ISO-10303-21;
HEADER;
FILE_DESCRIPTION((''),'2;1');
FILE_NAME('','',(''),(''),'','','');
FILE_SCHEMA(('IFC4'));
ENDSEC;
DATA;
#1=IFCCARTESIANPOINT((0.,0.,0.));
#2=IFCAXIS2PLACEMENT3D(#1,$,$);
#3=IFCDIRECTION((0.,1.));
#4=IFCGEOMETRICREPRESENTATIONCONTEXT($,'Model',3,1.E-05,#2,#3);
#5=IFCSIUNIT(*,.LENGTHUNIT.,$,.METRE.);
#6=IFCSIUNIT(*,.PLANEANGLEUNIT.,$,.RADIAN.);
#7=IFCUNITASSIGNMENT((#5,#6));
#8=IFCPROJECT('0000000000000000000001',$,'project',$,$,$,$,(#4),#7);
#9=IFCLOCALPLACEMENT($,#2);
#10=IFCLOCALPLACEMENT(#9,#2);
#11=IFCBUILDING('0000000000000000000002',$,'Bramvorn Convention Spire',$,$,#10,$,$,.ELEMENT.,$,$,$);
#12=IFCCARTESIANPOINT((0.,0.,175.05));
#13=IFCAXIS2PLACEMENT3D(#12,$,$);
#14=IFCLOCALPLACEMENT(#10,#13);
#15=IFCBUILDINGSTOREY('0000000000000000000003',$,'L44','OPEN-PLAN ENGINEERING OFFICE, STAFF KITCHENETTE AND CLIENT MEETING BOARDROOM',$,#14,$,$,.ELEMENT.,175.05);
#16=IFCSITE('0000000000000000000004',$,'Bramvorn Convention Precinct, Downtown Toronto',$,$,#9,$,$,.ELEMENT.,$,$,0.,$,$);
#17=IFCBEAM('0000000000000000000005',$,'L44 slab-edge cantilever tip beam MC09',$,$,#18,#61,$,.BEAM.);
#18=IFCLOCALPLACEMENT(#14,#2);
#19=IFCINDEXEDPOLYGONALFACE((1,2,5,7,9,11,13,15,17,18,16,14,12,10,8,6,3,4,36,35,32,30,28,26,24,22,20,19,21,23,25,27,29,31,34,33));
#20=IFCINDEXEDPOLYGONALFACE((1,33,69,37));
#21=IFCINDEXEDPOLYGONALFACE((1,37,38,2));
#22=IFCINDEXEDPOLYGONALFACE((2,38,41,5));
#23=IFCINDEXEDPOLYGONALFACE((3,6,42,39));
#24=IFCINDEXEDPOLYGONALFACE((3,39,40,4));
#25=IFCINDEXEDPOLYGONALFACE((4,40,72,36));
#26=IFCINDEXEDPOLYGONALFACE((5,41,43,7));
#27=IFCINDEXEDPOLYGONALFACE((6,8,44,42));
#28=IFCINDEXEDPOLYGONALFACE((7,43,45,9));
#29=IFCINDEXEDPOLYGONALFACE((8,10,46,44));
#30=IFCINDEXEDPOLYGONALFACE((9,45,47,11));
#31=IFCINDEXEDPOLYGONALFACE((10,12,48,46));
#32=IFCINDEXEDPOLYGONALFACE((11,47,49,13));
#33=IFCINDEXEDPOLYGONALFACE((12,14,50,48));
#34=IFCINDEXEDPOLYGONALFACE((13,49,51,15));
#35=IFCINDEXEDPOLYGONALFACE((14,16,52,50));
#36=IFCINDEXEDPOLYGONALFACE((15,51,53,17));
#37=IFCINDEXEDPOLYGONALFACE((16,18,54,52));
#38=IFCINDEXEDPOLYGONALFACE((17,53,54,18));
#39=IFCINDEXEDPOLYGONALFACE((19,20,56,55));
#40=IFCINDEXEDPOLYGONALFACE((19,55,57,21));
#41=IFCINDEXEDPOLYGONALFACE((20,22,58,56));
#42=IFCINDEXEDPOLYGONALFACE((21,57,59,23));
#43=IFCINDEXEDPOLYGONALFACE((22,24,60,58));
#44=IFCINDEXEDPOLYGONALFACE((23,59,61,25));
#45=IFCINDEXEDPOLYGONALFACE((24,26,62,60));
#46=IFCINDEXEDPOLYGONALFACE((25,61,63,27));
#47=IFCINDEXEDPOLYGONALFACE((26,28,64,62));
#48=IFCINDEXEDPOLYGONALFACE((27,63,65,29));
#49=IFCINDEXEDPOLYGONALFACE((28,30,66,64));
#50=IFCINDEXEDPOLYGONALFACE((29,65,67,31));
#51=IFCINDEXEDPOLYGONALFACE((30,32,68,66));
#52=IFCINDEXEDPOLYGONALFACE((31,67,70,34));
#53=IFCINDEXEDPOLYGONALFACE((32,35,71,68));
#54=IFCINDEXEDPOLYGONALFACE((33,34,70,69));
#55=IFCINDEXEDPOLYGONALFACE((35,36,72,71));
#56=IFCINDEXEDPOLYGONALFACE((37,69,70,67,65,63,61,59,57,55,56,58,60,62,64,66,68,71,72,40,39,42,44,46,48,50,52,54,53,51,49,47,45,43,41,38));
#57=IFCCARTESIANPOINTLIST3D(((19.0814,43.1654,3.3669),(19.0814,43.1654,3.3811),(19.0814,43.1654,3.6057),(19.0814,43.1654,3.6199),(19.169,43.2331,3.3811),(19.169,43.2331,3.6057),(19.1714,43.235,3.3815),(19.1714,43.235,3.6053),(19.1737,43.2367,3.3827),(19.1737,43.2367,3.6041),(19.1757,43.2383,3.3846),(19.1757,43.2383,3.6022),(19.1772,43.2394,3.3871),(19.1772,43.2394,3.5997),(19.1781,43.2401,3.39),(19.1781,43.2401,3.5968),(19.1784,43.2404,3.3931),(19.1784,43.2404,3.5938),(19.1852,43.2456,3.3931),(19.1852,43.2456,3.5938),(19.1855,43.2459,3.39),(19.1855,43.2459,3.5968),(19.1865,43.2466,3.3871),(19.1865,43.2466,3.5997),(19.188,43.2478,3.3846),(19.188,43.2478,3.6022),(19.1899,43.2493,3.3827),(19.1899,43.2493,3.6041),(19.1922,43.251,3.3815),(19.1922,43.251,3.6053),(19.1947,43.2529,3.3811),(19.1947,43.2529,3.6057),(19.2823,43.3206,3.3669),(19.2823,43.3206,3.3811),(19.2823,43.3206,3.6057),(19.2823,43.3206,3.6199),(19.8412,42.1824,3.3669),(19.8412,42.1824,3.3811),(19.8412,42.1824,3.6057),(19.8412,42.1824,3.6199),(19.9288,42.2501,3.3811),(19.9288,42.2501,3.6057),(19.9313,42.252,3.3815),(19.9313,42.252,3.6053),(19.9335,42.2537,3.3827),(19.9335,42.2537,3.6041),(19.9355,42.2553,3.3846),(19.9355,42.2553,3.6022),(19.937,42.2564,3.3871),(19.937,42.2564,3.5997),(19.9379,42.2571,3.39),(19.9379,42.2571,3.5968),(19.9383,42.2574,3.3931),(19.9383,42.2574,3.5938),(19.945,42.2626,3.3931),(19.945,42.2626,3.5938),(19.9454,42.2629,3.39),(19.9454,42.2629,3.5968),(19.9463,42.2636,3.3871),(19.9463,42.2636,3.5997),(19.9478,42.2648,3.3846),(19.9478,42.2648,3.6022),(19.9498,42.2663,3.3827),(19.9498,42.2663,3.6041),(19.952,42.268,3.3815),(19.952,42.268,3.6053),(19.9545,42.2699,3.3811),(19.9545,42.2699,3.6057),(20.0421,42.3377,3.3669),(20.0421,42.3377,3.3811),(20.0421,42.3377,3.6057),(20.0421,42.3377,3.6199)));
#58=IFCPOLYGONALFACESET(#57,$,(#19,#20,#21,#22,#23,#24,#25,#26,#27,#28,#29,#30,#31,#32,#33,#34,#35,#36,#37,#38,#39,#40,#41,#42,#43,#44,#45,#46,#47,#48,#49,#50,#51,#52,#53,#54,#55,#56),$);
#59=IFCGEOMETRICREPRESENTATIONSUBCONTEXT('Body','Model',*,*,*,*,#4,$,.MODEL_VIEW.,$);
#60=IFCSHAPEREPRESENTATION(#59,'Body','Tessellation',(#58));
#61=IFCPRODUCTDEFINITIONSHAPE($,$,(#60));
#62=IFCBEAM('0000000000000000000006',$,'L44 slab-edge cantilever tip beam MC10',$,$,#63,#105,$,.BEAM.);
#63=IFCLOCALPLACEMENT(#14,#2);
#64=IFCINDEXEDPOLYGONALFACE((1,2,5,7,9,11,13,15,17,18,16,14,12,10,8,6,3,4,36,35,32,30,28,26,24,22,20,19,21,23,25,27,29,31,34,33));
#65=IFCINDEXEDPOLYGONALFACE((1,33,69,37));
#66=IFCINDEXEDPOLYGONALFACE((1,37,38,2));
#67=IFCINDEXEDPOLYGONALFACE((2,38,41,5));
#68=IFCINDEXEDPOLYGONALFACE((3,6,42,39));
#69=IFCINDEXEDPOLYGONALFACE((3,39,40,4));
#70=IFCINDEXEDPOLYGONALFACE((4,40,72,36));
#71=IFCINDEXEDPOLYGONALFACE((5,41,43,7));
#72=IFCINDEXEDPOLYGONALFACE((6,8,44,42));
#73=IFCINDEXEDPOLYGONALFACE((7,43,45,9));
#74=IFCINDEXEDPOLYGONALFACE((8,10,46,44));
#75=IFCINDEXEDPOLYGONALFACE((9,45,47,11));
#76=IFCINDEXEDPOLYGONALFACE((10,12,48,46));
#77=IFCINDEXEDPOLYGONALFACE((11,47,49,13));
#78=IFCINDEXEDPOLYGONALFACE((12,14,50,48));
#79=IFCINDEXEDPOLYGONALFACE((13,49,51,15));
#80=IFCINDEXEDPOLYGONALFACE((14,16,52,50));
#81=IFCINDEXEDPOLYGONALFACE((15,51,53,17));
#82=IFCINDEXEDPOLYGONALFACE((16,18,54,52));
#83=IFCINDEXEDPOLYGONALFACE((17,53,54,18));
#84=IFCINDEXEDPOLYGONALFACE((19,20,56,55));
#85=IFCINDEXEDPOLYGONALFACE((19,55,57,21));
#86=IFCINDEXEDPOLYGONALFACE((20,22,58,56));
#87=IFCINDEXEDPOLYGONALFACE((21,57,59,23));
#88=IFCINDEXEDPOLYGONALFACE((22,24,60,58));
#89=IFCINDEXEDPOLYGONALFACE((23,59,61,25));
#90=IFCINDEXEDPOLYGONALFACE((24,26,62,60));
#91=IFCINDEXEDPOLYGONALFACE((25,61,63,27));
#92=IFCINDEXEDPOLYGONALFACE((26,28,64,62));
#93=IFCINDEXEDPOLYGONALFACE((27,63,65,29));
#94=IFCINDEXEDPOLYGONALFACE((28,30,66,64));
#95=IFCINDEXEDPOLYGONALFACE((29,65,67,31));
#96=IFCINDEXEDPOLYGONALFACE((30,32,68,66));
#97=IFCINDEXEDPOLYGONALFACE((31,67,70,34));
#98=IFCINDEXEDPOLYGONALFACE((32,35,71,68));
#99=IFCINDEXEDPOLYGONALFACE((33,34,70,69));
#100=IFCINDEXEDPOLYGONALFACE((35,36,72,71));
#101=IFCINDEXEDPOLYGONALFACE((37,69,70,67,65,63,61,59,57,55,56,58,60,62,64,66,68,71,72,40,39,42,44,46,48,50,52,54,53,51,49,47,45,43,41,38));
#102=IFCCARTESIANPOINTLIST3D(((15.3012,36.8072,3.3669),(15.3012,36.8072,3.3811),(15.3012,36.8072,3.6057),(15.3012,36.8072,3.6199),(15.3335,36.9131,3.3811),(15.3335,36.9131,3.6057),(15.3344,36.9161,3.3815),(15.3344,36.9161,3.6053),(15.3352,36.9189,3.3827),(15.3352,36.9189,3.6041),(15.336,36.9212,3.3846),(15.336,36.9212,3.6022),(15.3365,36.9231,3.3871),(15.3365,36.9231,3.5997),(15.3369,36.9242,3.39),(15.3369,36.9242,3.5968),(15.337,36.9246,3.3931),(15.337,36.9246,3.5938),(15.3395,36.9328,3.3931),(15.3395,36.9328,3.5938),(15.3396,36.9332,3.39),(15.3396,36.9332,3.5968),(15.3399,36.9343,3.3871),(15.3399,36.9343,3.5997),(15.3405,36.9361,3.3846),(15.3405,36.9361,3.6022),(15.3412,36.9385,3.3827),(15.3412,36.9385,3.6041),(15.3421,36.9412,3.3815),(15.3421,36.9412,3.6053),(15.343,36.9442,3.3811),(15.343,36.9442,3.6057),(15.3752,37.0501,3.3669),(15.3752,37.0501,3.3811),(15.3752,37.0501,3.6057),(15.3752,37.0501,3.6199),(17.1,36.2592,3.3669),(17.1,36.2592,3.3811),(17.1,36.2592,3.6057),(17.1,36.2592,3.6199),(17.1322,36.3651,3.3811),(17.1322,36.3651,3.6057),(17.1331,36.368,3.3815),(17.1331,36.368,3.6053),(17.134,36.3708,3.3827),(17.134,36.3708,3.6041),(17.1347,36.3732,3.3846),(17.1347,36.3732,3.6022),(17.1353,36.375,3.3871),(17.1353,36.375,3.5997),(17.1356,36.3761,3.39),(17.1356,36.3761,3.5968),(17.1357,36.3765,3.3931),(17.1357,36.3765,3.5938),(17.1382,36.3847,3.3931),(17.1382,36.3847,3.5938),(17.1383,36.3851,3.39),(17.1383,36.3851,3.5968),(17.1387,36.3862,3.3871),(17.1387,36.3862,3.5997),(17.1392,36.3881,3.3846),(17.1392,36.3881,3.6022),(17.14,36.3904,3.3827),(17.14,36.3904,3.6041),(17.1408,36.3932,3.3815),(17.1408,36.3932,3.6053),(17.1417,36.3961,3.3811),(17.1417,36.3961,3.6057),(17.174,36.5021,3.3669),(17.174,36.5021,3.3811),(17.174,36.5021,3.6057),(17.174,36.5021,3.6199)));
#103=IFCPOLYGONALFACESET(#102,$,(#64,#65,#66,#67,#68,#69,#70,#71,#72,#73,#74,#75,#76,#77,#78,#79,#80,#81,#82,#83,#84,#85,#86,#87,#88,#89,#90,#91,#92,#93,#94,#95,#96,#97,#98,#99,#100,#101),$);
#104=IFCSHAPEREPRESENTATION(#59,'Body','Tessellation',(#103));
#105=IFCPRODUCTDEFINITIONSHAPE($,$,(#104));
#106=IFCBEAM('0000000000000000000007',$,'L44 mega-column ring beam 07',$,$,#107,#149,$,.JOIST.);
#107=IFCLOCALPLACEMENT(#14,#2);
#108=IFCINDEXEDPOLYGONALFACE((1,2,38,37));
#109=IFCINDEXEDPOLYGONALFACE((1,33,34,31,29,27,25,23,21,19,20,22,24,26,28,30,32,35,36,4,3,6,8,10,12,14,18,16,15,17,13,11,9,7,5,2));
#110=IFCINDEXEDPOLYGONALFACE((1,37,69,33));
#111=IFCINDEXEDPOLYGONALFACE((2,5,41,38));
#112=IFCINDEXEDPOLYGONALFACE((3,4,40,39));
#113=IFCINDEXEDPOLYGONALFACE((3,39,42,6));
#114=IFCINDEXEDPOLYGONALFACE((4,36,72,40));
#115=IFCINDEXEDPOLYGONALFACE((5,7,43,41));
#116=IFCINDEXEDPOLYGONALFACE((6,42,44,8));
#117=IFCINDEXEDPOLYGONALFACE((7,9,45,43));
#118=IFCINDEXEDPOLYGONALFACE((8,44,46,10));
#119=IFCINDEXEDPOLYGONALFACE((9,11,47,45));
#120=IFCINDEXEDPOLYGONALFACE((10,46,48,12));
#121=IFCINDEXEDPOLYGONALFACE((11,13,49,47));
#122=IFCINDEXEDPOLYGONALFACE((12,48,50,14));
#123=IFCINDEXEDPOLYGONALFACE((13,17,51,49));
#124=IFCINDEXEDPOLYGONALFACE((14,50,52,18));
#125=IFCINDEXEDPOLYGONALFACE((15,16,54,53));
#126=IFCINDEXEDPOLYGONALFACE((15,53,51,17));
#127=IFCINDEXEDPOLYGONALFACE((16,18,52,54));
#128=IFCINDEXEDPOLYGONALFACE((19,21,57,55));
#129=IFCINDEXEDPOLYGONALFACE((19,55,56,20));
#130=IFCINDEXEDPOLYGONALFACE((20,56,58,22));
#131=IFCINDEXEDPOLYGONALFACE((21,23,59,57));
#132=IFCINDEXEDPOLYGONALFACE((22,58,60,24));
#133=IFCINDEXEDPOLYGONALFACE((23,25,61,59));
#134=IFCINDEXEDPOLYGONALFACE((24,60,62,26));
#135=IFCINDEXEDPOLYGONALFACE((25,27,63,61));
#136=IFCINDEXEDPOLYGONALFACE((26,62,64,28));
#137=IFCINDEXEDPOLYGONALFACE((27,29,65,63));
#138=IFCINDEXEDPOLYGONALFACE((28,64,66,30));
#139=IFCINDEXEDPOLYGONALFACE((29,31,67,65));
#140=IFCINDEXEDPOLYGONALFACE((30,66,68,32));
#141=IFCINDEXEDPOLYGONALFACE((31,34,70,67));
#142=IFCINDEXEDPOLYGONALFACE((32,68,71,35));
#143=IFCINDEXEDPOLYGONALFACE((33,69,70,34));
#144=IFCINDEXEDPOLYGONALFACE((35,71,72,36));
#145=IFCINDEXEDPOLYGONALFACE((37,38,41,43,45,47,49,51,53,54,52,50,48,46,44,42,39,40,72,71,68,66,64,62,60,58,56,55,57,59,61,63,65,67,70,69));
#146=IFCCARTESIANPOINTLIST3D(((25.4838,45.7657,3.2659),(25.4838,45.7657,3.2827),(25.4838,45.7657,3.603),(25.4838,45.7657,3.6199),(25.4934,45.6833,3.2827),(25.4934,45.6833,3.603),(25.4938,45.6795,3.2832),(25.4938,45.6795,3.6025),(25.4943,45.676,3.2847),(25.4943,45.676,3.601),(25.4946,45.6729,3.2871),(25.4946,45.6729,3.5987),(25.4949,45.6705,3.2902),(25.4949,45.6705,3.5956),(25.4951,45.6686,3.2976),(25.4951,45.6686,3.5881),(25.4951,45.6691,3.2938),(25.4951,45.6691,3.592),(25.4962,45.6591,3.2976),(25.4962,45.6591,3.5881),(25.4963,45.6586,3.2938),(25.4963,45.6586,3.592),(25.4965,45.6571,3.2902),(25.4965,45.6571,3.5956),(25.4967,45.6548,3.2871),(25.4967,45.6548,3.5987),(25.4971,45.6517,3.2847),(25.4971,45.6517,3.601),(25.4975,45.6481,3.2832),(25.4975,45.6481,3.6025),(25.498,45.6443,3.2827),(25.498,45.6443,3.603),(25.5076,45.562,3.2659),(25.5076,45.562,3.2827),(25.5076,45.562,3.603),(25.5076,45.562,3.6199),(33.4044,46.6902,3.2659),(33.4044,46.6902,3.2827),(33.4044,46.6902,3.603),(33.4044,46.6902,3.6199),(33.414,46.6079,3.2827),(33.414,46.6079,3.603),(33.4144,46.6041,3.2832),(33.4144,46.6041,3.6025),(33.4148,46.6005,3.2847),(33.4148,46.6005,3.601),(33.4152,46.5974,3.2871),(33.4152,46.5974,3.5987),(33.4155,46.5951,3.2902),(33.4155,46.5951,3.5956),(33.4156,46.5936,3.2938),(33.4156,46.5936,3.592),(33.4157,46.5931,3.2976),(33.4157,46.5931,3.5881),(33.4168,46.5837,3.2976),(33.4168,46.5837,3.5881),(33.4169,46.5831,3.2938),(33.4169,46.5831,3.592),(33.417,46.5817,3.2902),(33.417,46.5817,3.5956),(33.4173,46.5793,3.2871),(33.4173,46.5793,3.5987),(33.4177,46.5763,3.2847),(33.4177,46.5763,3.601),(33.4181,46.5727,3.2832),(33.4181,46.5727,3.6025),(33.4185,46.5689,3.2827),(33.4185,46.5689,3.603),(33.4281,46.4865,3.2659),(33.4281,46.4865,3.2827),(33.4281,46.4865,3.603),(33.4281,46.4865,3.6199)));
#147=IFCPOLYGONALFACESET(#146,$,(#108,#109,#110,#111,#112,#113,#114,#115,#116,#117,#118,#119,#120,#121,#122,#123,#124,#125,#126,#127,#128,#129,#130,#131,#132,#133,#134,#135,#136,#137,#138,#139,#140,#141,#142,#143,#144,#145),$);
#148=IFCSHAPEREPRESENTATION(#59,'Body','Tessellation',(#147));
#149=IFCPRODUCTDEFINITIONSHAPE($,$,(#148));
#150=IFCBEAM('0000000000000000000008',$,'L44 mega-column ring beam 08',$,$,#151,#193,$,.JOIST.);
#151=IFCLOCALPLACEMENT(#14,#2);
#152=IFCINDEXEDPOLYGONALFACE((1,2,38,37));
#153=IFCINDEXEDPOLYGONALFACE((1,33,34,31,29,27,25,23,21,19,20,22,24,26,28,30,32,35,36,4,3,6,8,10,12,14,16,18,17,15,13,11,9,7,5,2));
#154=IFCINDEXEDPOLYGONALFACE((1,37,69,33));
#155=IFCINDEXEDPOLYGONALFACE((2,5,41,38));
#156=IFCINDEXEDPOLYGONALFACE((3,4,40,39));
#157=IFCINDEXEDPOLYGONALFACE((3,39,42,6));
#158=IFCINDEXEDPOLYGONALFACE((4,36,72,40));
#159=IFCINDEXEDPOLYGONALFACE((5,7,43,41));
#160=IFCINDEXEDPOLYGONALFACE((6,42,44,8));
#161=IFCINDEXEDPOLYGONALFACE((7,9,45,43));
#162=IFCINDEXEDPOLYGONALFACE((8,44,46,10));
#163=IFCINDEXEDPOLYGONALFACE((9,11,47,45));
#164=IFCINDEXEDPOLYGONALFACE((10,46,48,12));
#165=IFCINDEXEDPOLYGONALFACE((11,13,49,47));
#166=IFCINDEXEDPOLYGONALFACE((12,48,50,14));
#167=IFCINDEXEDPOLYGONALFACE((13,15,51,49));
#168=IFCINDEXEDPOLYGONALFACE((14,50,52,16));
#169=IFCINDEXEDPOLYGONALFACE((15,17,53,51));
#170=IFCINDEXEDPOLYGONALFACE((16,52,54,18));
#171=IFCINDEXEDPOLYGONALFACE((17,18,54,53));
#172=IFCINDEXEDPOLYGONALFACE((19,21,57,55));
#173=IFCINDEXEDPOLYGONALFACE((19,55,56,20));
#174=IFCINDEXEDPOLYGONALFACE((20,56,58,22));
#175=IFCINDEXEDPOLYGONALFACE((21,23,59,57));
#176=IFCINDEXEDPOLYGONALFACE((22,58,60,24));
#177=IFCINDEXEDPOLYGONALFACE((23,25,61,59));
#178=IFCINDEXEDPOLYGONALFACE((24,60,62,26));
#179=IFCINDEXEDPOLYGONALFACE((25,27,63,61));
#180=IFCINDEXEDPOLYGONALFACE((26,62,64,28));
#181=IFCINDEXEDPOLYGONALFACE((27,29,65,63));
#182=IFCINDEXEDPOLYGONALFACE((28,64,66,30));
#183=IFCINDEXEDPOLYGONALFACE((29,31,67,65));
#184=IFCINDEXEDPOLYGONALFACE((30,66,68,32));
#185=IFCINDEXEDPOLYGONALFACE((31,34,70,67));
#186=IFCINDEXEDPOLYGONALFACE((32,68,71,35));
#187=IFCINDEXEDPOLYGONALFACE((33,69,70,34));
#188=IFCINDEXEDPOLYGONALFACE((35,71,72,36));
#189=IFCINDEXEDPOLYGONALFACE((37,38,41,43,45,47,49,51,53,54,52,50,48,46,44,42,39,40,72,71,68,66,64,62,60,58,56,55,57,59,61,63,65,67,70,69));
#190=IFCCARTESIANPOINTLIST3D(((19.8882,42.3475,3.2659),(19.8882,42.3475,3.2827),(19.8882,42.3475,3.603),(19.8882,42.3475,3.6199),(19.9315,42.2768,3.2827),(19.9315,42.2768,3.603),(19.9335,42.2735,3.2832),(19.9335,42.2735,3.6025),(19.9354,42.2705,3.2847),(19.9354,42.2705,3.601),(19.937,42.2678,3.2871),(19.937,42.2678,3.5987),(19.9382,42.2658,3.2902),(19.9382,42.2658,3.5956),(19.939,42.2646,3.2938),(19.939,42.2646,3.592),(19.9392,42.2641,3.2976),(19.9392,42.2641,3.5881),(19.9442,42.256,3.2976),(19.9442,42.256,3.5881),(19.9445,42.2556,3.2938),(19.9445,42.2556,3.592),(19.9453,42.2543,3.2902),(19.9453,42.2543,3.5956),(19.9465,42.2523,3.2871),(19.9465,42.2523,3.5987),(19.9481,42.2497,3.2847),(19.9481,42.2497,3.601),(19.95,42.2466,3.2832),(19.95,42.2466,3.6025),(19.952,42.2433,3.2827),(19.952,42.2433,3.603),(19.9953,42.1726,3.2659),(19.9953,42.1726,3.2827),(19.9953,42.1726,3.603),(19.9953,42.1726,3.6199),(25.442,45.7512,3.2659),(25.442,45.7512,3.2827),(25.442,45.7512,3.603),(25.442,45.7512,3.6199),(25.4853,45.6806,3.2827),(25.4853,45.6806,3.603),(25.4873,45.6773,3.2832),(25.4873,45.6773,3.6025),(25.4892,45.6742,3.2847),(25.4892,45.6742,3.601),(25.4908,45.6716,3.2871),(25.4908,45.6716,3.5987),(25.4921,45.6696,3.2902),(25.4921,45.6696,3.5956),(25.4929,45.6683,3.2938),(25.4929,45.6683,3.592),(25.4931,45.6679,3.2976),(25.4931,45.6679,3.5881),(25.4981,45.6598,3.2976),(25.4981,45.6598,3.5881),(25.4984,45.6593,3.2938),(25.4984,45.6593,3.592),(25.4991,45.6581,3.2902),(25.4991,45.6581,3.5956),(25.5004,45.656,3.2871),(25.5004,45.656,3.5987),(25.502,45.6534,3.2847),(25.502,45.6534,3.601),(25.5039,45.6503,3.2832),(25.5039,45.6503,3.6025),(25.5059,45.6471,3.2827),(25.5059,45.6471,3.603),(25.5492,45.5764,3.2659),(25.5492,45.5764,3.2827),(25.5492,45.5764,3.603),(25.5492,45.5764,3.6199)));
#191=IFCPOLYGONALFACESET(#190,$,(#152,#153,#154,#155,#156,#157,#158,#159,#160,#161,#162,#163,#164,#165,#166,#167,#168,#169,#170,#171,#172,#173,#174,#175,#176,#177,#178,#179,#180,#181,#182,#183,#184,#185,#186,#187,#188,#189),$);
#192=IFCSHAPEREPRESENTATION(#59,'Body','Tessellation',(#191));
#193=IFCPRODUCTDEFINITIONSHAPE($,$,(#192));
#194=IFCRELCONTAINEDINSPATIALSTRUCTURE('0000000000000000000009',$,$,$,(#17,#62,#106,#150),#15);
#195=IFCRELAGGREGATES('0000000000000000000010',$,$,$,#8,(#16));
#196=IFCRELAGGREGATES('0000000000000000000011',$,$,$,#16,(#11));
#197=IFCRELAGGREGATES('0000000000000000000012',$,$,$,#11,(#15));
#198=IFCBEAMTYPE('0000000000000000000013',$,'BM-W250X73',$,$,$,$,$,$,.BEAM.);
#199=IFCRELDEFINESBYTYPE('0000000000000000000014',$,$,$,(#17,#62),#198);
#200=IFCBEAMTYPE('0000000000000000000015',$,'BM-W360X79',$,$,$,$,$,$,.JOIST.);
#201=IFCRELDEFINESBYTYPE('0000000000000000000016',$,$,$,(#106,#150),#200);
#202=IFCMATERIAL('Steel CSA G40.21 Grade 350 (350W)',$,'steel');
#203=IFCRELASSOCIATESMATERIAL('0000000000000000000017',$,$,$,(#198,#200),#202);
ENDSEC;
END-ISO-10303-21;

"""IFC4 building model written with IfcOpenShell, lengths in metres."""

from ifc_helpers import new_model, si_unit, direction, frame, origin, origin_2d, place, context, subcontext, project, spatial, i_section, extrude, material, material_profile, profile_set, type_object, element, save


model = new_model("IFC4")

# Units and contexts
model_context = context("Model", 3, precision=1e-05, world=origin(), true_north=direction((0.0, 1.0)))
body_context = subcontext(model_context, "Body", "Model", "MODEL_VIEW")
ifc_project = project(units=[si_unit("LENGTHUNIT", "METRE"), si_unit("PLANEANGLEUNIT", "RADIAN")], contexts=[model_context])

# Site, building, storey
site_placement = place(None, origin())
site = spatial("IfcSite", under=ifc_project, at=site_placement, Name="Bramvorn Convention Precinct, Downtown Toronto", CompositionType="ELEMENT", RefElevation=0.0)
building_placement = place(site_placement, origin())
building = spatial("IfcBuilding", under=site, at=building_placement, Name="Bramvorn Convention Spire", CompositionType="ELEMENT")
storey_placement = place(building_placement, frame((0.0, 0.0, 175.05)))
storey = spatial("IfcBuildingStorey", under=building, at=storey_placement, Name="L44", Description="OPEN-PLAN ENGINEERING OFFICE, STAFF KITCHENETTE AND CLIENT MEETING BOARDROOM", CompositionType="ELEMENT", Elevation=175.05)

# Shared definitions
ifc_material_1 = material(Name="Steel CSA G40.21 Grade 350 (350W)", Category="steel")

# Beams
ifc_material_profile_1 = material_profile(ifc_material_1, i_section(OverallWidth=0.2539, OverallDepth=0.2529, WebThickness=0.0085, FlangeThickness=0.0142, FilletRadius=0.012, at=origin_2d()))
ifc_profile_set_1 = profile_set([ifc_material_profile_1], Name="Steel CSA G40.21 Grade 350 (350W) - W250X73")
beam_type_1 = type_object("IfcBeamType", Name="BM-W250X73", PredefinedType="BEAM", material=ifc_profile_set_1)
beam_1_placement = place(storey_placement, frame((19.9417, 42.26, 3.4934), z_axis=(-0.611571, 0.79119, 0.0), x_axis=(-0.79119, -0.611571, 0.0)))
element("IfcBeam", 1, at=beam_1_placement, inside=storey, type_object=beam_type_1, Name="L44 slab-edge cantilever tip beam MC09", PredefinedType="BEAM", context=body_context, shape_type="SweptSolid", body=[
    extrude(i_section(OverallWidth=0.2539, OverallDepth=0.2529, WebThickness=0.0085, FlangeThickness=0.0142, FilletRadius=0.012, at=origin_2d()), origin(), (0.0, 0.0, 1.0), 1.2424),
])
beam_2_placement = place(storey_placement, frame((17.137, 36.3806, 3.4934), z_axis=(-0.956581, 0.291466, 0.0), x_axis=(-0.291466, -0.956581, 0.0)))
element("IfcBeam", 2, at=beam_2_placement, inside=storey, type_object=beam_type_1, Name="L44 slab-edge cantilever tip beam MC10", PredefinedType="BEAM", context=body_context, shape_type="SweptSolid", body=[
    extrude(i_section(OverallWidth=0.2539, OverallDepth=0.2529, WebThickness=0.0085, FlangeThickness=0.0142, FilletRadius=0.012, at=origin_2d()), origin(), (0.0, 0.0, 1.0), 1.8804),
])
ifc_material_profile_2 = material_profile(ifc_material_1, i_section(OverallWidth=0.2051, OverallDepth=0.354, WebThickness=0.0095, FlangeThickness=0.0168, FilletRadius=0.0149, at=origin_2d()))
ifc_profile_set_2 = profile_set([ifc_material_profile_2], Name="Steel CSA G40.21 Grade 350 (350W) - W360X79")
beam_type_2 = type_object("IfcBeamType", Name="BM-W360X79", PredefinedType="JOIST", material=ifc_profile_set_2)
beam_3_placement = place(storey_placement, frame((33.4163, 46.5884, 3.4429), z_axis=(-0.993256, -0.115941, 0.0), x_axis=(0.115941, -0.993256, 0.0)))
element("IfcBeam", 3, at=beam_3_placement, inside=storey, type_object=beam_type_2, Name="L44 mega-column ring beam 07", PredefinedType="JOIST", context=body_context, shape_type="SweptSolid", body=[
    extrude(i_section(OverallWidth=0.2051, OverallDepth=0.354, WebThickness=0.0095, FlangeThickness=0.0168, FilletRadius=0.0149, at=origin_2d()), origin(), (0.0, 0.0, 1.0), 7.9744),
])
beam_4_placement = place(storey_placement, frame((25.4956, 45.6638, 3.4429), z_axis=(-0.852617, -0.522537, 0.0), x_axis=(0.522537, -0.852617, 0.0)))
element("IfcBeam", 4, at=beam_4_placement, inside=storey, type_object=beam_type_2, Name="L44 mega-column ring beam 08", PredefinedType="JOIST", context=body_context, shape_type="SweptSolid", body=[
    extrude(i_section(OverallWidth=0.2051, OverallDepth=0.354, WebThickness=0.0095, FlangeThickness=0.0168, FilletRadius=0.0149, at=origin_2d()), origin(), (0.0, 0.0, 1.0), 6.5139),
])

save(model, "model.ifc")
